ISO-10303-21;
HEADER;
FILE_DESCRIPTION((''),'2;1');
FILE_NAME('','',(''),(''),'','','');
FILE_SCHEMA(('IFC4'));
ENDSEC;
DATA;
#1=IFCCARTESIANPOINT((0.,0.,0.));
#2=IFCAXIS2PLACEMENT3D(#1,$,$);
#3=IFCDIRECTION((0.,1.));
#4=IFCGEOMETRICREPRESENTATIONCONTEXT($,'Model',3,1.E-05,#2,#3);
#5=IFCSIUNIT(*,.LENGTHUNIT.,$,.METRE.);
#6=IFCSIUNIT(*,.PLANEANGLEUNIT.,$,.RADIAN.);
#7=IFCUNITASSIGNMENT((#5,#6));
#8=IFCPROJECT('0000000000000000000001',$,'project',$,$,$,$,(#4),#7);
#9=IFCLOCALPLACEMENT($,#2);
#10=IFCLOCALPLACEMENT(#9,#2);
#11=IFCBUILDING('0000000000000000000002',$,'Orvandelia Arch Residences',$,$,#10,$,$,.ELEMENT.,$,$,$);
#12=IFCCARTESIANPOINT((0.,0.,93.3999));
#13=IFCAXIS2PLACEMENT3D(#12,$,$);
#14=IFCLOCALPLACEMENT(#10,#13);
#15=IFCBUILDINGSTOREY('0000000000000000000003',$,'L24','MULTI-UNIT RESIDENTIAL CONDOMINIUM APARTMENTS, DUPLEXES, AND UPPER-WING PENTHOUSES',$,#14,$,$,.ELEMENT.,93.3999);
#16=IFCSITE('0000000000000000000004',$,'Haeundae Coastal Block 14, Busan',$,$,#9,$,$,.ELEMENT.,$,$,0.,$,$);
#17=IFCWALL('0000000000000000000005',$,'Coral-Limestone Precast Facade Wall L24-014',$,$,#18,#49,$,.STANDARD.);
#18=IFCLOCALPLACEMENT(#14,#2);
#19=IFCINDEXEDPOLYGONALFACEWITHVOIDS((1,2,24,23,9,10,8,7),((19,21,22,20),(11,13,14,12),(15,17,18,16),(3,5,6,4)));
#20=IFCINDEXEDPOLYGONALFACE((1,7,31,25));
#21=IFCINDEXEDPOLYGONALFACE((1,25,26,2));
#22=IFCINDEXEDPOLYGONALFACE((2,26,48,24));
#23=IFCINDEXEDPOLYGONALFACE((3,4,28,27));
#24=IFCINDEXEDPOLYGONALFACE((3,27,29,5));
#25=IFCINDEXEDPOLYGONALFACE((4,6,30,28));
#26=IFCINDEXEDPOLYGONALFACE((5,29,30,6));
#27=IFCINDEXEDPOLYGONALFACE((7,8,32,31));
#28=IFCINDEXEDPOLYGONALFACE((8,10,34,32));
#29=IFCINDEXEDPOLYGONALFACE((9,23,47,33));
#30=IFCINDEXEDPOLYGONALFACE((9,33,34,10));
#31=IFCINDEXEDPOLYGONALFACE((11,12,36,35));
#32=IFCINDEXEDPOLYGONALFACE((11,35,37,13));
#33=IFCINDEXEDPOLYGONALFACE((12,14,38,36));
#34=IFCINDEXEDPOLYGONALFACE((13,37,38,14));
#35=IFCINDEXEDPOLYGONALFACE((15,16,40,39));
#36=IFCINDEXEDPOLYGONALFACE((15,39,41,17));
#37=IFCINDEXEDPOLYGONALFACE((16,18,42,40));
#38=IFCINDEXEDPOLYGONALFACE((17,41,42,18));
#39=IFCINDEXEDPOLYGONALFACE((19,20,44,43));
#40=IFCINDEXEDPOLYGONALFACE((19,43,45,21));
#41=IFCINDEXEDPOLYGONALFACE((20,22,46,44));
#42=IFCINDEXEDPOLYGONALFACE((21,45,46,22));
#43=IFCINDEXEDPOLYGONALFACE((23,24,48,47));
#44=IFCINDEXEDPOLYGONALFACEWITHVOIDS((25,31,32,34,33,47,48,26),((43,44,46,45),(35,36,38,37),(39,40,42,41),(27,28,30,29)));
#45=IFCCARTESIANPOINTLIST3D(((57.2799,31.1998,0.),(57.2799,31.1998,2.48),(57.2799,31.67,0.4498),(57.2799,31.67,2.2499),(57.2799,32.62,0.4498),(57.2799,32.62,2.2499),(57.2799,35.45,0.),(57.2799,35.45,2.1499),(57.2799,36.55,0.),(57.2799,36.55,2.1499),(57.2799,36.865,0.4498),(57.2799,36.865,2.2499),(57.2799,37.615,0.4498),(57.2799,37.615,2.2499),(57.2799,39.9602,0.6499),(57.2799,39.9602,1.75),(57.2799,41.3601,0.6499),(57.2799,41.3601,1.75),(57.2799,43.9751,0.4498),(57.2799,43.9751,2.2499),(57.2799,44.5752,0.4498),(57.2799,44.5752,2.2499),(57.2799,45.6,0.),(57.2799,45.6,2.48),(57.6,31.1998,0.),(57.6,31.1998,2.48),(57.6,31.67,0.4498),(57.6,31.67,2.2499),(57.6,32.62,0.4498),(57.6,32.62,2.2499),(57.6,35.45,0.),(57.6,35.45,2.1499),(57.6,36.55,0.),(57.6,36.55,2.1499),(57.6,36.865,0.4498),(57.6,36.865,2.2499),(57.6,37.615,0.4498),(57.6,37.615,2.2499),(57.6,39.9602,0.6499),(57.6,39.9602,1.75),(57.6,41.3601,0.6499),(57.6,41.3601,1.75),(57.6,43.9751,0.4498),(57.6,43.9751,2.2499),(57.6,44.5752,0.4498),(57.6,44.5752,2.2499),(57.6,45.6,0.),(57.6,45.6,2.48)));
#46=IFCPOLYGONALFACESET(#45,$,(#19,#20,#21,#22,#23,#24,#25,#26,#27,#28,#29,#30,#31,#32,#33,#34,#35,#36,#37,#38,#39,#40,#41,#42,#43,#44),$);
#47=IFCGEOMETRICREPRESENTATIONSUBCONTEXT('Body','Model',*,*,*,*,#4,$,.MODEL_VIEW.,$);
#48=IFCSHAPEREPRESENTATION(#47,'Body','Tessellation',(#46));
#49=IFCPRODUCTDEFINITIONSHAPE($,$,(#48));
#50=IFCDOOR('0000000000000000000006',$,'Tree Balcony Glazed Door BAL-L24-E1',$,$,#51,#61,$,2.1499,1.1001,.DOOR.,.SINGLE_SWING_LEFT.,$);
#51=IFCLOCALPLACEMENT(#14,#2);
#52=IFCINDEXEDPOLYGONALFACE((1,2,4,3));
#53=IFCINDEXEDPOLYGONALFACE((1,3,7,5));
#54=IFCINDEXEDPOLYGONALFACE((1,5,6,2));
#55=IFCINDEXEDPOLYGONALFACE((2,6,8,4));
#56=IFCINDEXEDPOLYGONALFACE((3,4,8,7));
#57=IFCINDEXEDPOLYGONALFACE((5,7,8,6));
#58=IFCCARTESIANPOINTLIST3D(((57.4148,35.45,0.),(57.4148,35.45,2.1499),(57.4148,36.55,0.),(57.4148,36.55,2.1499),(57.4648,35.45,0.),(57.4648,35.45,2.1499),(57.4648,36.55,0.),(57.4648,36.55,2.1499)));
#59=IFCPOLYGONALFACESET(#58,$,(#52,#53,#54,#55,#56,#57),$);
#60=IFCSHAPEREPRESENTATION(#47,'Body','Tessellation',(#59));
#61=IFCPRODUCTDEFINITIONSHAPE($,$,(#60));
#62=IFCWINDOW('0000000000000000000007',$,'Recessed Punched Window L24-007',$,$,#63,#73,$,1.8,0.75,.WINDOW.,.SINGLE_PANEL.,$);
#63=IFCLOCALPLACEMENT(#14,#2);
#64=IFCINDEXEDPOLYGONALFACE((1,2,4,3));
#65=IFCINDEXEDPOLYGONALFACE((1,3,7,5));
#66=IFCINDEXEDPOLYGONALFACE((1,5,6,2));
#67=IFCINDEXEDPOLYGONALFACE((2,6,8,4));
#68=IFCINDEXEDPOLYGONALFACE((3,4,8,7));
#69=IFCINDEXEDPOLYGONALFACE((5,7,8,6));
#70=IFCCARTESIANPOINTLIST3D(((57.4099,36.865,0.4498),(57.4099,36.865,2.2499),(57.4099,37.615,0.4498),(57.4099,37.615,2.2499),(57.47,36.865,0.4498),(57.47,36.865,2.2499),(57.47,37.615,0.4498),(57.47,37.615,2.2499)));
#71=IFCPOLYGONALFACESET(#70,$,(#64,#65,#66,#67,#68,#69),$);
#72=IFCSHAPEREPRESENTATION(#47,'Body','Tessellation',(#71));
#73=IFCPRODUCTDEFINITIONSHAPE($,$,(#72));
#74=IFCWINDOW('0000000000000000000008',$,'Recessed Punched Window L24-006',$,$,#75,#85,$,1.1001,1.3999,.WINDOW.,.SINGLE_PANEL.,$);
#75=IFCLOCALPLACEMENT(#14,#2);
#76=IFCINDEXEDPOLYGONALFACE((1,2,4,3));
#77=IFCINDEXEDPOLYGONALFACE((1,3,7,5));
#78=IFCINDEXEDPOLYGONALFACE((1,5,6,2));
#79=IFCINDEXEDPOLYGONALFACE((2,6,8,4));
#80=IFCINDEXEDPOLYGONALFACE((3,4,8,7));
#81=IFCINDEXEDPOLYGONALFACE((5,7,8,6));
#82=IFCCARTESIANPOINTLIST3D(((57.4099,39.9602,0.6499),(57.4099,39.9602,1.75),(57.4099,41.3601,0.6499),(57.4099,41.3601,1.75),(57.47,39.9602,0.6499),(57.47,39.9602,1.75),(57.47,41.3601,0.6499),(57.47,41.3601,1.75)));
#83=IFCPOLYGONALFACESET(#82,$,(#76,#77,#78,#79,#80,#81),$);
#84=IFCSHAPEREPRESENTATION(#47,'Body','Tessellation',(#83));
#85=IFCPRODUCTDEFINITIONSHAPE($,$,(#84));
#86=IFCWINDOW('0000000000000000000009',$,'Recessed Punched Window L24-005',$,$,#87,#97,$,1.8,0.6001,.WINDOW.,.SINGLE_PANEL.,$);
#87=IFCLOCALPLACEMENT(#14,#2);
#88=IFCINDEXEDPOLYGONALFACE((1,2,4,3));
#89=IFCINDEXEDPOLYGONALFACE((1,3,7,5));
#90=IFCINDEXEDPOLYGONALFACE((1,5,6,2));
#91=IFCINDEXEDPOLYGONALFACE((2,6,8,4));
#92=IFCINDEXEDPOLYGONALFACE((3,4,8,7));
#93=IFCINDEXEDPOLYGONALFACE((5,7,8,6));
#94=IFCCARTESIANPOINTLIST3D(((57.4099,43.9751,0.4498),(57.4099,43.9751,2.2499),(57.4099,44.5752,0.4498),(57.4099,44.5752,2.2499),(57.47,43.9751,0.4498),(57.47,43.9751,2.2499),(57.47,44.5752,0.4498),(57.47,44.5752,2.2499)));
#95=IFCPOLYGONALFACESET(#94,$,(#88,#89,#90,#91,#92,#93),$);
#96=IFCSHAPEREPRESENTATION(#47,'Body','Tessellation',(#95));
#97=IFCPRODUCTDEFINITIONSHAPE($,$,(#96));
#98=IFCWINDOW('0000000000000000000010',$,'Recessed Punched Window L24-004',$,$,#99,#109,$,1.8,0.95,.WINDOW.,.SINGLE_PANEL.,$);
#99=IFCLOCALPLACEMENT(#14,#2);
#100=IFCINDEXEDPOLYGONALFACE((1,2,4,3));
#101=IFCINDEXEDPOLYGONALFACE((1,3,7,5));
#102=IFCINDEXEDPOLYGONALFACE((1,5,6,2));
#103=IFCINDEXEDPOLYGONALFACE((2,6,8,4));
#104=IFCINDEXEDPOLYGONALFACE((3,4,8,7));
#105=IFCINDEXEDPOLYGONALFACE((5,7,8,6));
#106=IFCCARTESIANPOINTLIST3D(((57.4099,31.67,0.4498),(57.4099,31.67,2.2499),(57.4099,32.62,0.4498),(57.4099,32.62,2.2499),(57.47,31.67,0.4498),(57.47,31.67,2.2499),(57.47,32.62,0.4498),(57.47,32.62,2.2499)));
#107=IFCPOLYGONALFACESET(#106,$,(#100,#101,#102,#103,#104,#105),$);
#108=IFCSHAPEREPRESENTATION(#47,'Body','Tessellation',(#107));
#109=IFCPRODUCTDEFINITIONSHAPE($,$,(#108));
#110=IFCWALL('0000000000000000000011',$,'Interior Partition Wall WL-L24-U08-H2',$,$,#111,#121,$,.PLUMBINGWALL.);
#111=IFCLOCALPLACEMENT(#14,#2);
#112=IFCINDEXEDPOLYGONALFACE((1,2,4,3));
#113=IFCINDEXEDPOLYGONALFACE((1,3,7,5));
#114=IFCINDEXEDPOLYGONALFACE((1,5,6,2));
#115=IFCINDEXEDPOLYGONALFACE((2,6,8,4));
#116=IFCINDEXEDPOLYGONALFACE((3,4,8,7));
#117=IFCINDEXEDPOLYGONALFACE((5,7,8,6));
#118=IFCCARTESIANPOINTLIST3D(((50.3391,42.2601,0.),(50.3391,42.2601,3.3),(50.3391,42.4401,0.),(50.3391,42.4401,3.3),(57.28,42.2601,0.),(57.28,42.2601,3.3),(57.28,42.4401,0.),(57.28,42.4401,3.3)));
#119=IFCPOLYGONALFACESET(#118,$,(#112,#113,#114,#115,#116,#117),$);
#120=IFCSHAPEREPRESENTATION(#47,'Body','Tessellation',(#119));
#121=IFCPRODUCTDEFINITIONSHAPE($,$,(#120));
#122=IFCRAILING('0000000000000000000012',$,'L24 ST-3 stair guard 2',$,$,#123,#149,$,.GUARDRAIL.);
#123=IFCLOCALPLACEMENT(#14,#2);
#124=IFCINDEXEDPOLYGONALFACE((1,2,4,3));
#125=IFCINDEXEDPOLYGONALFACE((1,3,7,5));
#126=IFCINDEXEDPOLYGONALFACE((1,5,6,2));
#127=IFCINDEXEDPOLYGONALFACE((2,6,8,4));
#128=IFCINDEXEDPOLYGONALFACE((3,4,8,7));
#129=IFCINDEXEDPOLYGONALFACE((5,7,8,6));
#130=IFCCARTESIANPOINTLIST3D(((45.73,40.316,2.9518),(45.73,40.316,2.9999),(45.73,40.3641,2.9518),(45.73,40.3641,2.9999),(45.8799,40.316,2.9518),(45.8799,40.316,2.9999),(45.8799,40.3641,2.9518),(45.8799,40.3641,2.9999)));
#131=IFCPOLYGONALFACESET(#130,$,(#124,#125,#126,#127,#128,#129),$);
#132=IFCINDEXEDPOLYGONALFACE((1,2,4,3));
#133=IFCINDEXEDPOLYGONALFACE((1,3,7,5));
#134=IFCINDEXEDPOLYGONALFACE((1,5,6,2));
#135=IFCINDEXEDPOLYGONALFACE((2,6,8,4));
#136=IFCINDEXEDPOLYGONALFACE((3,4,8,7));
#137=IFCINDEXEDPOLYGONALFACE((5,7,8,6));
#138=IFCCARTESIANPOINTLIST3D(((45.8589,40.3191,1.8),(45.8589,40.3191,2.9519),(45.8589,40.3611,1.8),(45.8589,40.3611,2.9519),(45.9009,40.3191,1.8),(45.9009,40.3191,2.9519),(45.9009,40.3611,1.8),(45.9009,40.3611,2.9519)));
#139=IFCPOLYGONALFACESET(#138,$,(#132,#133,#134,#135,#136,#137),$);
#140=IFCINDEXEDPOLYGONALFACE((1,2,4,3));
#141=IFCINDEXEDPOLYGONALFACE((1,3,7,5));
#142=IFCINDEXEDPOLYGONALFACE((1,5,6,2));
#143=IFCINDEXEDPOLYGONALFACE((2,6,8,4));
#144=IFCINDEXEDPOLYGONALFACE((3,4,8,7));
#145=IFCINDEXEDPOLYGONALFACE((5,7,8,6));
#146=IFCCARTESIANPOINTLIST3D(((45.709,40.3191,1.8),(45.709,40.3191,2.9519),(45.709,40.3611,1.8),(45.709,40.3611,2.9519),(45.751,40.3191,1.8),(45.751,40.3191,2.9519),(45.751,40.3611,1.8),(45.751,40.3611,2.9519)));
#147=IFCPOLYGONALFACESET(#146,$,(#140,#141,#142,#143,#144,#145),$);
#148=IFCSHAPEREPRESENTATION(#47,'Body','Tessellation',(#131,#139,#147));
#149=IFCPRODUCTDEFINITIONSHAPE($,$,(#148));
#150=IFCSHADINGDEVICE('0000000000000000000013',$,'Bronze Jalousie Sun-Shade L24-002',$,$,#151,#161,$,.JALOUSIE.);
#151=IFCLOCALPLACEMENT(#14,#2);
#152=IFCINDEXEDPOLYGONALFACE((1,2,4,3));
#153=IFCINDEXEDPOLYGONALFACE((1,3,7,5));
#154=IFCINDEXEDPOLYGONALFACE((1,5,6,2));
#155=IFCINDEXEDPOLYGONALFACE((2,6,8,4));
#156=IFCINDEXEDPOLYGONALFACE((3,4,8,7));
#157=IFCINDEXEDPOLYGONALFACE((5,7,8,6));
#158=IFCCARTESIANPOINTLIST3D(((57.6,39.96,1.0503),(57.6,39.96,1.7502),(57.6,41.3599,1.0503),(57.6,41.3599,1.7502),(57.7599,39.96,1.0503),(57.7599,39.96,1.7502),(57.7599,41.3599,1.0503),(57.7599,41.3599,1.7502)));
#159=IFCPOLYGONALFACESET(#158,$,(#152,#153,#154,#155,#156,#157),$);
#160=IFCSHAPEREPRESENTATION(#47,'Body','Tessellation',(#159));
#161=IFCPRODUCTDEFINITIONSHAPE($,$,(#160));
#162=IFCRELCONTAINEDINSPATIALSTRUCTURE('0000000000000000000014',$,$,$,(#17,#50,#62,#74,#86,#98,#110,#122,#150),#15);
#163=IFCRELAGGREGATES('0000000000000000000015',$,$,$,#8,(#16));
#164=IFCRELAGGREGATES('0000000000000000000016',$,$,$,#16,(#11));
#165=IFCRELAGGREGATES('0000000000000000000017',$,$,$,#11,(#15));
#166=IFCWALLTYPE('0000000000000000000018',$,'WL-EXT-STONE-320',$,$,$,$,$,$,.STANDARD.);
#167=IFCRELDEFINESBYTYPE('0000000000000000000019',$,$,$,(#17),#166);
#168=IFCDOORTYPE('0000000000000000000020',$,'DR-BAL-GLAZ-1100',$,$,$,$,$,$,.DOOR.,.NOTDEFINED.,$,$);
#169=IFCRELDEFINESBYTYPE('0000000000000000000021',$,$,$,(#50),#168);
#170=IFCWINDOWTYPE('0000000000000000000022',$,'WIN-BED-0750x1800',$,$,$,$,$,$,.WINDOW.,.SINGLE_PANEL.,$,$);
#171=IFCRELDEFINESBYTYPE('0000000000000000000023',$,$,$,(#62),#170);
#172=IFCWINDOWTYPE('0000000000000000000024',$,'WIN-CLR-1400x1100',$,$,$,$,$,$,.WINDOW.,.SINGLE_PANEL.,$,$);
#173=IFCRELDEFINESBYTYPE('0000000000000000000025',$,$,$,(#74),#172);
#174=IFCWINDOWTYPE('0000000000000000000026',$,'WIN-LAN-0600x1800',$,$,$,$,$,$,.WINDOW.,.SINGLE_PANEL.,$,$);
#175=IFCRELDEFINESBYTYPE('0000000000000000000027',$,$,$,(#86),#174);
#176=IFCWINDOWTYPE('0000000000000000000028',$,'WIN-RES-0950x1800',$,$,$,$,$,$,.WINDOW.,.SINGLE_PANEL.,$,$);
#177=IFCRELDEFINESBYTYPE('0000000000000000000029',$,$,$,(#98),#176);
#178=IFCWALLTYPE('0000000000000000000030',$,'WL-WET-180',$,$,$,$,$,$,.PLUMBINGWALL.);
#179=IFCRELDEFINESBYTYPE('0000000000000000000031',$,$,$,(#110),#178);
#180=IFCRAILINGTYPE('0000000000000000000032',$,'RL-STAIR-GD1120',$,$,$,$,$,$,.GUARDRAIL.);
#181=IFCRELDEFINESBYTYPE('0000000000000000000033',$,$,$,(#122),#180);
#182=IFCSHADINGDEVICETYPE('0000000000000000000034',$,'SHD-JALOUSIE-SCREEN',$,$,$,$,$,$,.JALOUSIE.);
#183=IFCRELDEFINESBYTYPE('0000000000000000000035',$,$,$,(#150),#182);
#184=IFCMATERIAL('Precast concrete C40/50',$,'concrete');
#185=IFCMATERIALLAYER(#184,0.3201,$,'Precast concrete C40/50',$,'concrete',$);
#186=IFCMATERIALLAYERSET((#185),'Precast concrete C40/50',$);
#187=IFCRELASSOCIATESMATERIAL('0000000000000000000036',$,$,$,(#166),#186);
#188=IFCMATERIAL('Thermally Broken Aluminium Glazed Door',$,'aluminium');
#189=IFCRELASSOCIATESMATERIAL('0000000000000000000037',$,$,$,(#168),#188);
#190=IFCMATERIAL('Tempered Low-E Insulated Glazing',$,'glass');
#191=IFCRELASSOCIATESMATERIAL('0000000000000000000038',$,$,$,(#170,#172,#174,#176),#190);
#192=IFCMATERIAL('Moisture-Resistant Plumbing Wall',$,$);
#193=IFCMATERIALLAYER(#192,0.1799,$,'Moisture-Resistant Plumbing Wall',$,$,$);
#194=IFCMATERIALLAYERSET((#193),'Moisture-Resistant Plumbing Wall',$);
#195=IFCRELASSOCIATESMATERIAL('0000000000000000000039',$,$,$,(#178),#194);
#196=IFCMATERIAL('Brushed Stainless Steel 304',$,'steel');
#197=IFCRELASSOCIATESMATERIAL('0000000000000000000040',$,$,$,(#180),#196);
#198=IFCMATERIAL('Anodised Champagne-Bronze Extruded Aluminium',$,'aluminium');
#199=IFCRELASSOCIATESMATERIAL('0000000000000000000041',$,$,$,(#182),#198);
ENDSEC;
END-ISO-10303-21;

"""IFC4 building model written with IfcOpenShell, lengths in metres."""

from ifc_helpers import new_model, si_unit, direction, frame, frame_2d, origin, origin_2d, place, context, subcontext, project, spatial, rectangle, extrude, material, layer, layer_set, type_object, element, fill, save


model = new_model("IFC4")

# Units and contexts
model_context = context("Model", 3, precision=1e-05, world=origin(), true_north=direction((0.0, 1.0)))
body_context = subcontext(model_context, "Body", "Model", "MODEL_VIEW")
ifc_project = project(units=[si_unit("LENGTHUNIT", "METRE"), si_unit("PLANEANGLEUNIT", "RADIAN")], contexts=[model_context])

# Site, building, storey
site_placement = place(None, origin())
site = spatial("IfcSite", under=ifc_project, at=site_placement, Name="Haeundae Coastal Block 14, Busan", CompositionType="ELEMENT", RefElevation=0.0)
building_placement = place(site_placement, origin())
building = spatial("IfcBuilding", under=site, at=building_placement, Name="Orvandelia Arch Residences", CompositionType="ELEMENT")
storey_placement = place(building_placement, frame((0.0, 0.0, 93.3999)))
storey = spatial("IfcBuildingStorey", under=building, at=storey_placement, Name="L24", Description="MULTI-UNIT RESIDENTIAL CONDOMINIUM APARTMENTS, DUPLEXES, AND UPPER-WING PENTHOUSES", CompositionType="ELEMENT", Elevation=93.3999)

# Shared definitions
ifc_material_1 = material(Name="Precast concrete C40/50", Category="concrete")
ifc_layer_1 = layer(ifc_material_1, 0.3201, Name="Precast concrete C40/50", Category="concrete")
ifc_layer_set_1 = layer_set([ifc_layer_1], Name="Precast concrete C40/50")
wall_type_1 = type_object("IfcWallType", Name="WL-EXT-STONE-320", PredefinedType="STANDARD", material=ifc_layer_set_1)

# Wall, openings, door, windows
wall_1_placement = place(storey_placement, frame((57.4399, 45.6001, 0.0), z_axis=(0.0, 0.0, 1.0), x_axis=(0.0, -1.0, 0.0)))
wall_1 = element("IfcWall", 1, at=wall_1_placement, inside=storey, type_object=wall_type_1, Name="Coral-Limestone Precast Facade Wall L24-014", PredefinedType="STANDARD", context=body_context, shape_type="SweptSolid", body=[
    extrude(rectangle(XDim=14.4001, YDim=0.3201, at=frame_2d((7.2002, 0.0))), origin(), (0.0, 0.0, 1.0), 2.48),
])
opening_1_placement = place(wall_1_placement, frame((9.05, 0.0, 0.0)))
opening_1 = element("IfcOpeningElement", 2, at=opening_1_placement, cuts=wall_1, PredefinedType="OPENING", context=body_context, shape_type="SweptSolid", body=[
    extrude(rectangle(XDim=1.1001, YDim=2.1499, at=frame_2d((0.55, 1.075))), frame((0.0, 0.1699, 0.0), z_axis=(0.0, -1.0, 0.0), x_axis=(1.0, 0.0, 0.0)), (0.0, 0.0, 1.0), 0.3401),
])
opening_2_placement = place(wall_1_placement, frame((12.98, 0.0, 0.45)))
opening_2 = element("IfcOpeningElement", 3, at=opening_2_placement, cuts=wall_1, PredefinedType="OPENING", context=body_context, shape_type="SweptSolid", body=[
    extrude(rectangle(XDim=0.95, YDim=1.8, at=frame_2d((0.4751, 0.8999))), frame((0.0, 0.1699, 0.0), z_axis=(0.0, -1.0, 0.0), x_axis=(1.0, 0.0, 0.0)), (0.0, 0.0, 1.0), 0.3401),
])
opening_3_placement = place(wall_1_placement, frame((1.0249, 0.0, 0.45)))
opening_3 = element("IfcOpeningElement", 4, at=opening_3_placement, cuts=wall_1, PredefinedType="OPENING", context=body_context, shape_type="SweptSolid", body=[
    extrude(rectangle(XDim=0.6001, YDim=1.8, at=frame_2d((0.3, 0.8999))), frame((0.0, 0.1699, 0.0), z_axis=(0.0, -1.0, 0.0), x_axis=(1.0, 0.0, 0.0)), (0.0, 0.0, 1.0), 0.3401),
])
opening_4_placement = place(wall_1_placement, frame((4.24, 0.0, 0.6499)))
opening_4 = element("IfcOpeningElement", 5, at=opening_4_placement, cuts=wall_1, PredefinedType="OPENING", context=body_context, shape_type="SweptSolid", body=[
    extrude(rectangle(XDim=1.3999, YDim=1.1001, at=frame_2d((0.7, 0.55))), frame((0.0, 0.1699, 0.0), z_axis=(0.0, -1.0, 0.0), x_axis=(1.0, 0.0, 0.0)), (0.0, 0.0, 1.0), 0.3401),
])
opening_5_placement = place(wall_1_placement, frame((7.9851, 0.0, 0.45)))
opening_5 = element("IfcOpeningElement", 6, at=opening_5_placement, cuts=wall_1, PredefinedType="OPENING", context=body_context, shape_type="SweptSolid", body=[
    extrude(rectangle(XDim=0.75, YDim=1.8, at=frame_2d((0.375, 0.8999))), frame((0.0, 0.1699, 0.0), z_axis=(0.0, -1.0, 0.0), x_axis=(1.0, 0.0, 0.0)), (0.0, 0.0, 1.0), 0.3401),
])
ifc_material_2 = material(Name="Thermally Broken Aluminium Glazed Door", Category="aluminium")
door_type_1 = type_object("IfcDoorType", Name="DR-BAL-GLAZ-1100", OperationType="NOTDEFINED", PredefinedType="DOOR", material=ifc_material_2)
door_1_placement = place(opening_1_placement, origin())
door_1 = element("IfcDoor", 7, at=door_1_placement, inside=storey, type_object=door_type_1, Name="Tree Balcony Glazed Door BAL-L24-E1", OperationType="SINGLE_SWING_LEFT", OverallHeight=2.1499, OverallWidth=1.1001, PredefinedType="DOOR", context=body_context, shape_type="SweptSolid", body=[
    extrude(rectangle(XDim=1.1001, YDim=2.1499, at=frame_2d((0.55, 1.075))), frame((0.0, 0.0249, 0.0), z_axis=(0.0, -1.0, 0.0), x_axis=(1.0, 0.0, 0.0)), (0.0, 0.0, 1.0), 0.05),
])
fill(opening_1, door_1)
ifc_material_3 = material(Name="Tempered Low-E Insulated Glazing", Category="glass")
window_type_1 = type_object("IfcWindowType", Name="WIN-BED-0750x1800", PartitioningType="SINGLE_PANEL", PredefinedType="WINDOW", material=ifc_material_3)
window_1_placement = place(opening_5_placement, origin())
window_1 = element("IfcWindow", 8, at=window_1_placement, inside=storey, type_object=window_type_1, Name="Recessed Punched Window L24-007", OverallHeight=1.8, OverallWidth=0.75, PartitioningType="SINGLE_PANEL", PredefinedType="WINDOW", context=body_context, shape_type="SweptSolid", body=[
    extrude(rectangle(XDim=0.75, YDim=1.8, at=frame_2d((0.375, 0.8999))), frame((0.0, 0.03, 0.0), z_axis=(0.0, -1.0, 0.0), x_axis=(1.0, 0.0, 0.0)), (0.0, 0.0, 1.0), 0.0601),
])
fill(opening_5, window_1)
window_type_2 = type_object("IfcWindowType", Name="WIN-CLR-1400x1100", PartitioningType="SINGLE_PANEL", PredefinedType="WINDOW", material=ifc_material_3)
window_2_placement = place(opening_4_placement, origin())
window_2 = element("IfcWindow", 9, at=window_2_placement, inside=storey, type_object=window_type_2, Name="Recessed Punched Window L24-006", OverallHeight=1.1001, OverallWidth=1.3999, PartitioningType="SINGLE_PANEL", PredefinedType="WINDOW", context=body_context, shape_type="SweptSolid", body=[
    extrude(rectangle(XDim=1.3999, YDim=1.1001, at=frame_2d((0.7, 0.55))), frame((0.0, 0.03, 0.0), z_axis=(0.0, -1.0, 0.0), x_axis=(1.0, 0.0, 0.0)), (0.0, 0.0, 1.0), 0.0601),
])
fill(opening_4, window_2)
window_type_3 = type_object("IfcWindowType", Name="WIN-LAN-0600x1800", PartitioningType="SINGLE_PANEL", PredefinedType="WINDOW", material=ifc_material_3)
window_3_placement = place(opening_3_placement, origin())
window_3 = element("IfcWindow", 10, at=window_3_placement, inside=storey, type_object=window_type_3, Name="Recessed Punched Window L24-005", OverallHeight=1.8, OverallWidth=0.6001, PartitioningType="SINGLE_PANEL", PredefinedType="WINDOW", context=body_context, shape_type="SweptSolid", body=[
    extrude(rectangle(XDim=0.6001, YDim=1.8, at=frame_2d((0.3, 0.8999))), frame((0.0, 0.03, 0.0), z_axis=(0.0, -1.0, 0.0), x_axis=(1.0, 0.0, 0.0)), (0.0, 0.0, 1.0), 0.0601),
])
fill(opening_3, window_3)
window_type_4 = type_object("IfcWindowType", Name="WIN-RES-0950x1800", PartitioningType="SINGLE_PANEL", PredefinedType="WINDOW", material=ifc_material_3)
window_4_placement = place(opening_2_placement, origin())
window_4 = element("IfcWindow", 11, at=window_4_placement, inside=storey, type_object=window_type_4, Name="Recessed Punched Window L24-004", OverallHeight=1.8, OverallWidth=0.95, PartitioningType="SINGLE_PANEL", PredefinedType="WINDOW", context=body_context, shape_type="SweptSolid", body=[
    extrude(rectangle(XDim=0.95, YDim=1.8, at=frame_2d((0.4751, 0.8999))), frame((0.0, 0.03, 0.0), z_axis=(0.0, -1.0, 0.0), x_axis=(1.0, 0.0, 0.0)), (0.0, 0.0, 1.0), 0.0601),
])
fill(opening_2, window_4)

# Wall
ifc_material_4 = material(Name="Moisture-Resistant Plumbing Wall")
ifc_layer_2 = layer(ifc_material_4, 0.1799, Name="Moisture-Resistant Plumbing Wall")
ifc_layer_set_2 = layer_set([ifc_layer_2], Name="Moisture-Resistant Plumbing Wall")
wall_type_2 = type_object("IfcWallType", Name="WL-WET-180", PredefinedType="PLUMBINGWALL", material=ifc_layer_set_2)
wall_2_placement = place(storey_placement, frame((50.3391, 42.3501, 0.0), z_axis=(0.0, 0.0, 1.0), x_axis=(1.0, 0.0, 0.0)))
element("IfcWall", 12, at=wall_2_placement, inside=storey, type_object=wall_type_2, Name="Interior Partition Wall WL-L24-U08-H2", PredefinedType="PLUMBINGWALL", context=body_context, shape_type="SweptSolid", body=[
    extrude(rectangle(XDim=6.9409, YDim=0.1799, at=frame_2d((3.4705, 0.0))), origin(), (0.0, 0.0, 1.0), 3.3),
])

# Railing
ifc_material_5 = material(Name="Brushed Stainless Steel 304", Category="steel")
railing_type = type_object("IfcRailingType", Name="RL-STAIR-GD1120", PredefinedType="GUARDRAIL", material=ifc_material_5)
railing_placement = place(storey_placement, frame((45.8799, 40.3401, 1.8)))
element("IfcRailing", 13, at=railing_placement, inside=storey, type_object=railing_type, Name="L24 ST-3 stair guard 2", PredefinedType="GUARDRAIL", context=body_context, shape_type="SweptSolid", body=[
    extrude(rectangle(XDim=0.0481, YDim=0.0481, at=origin_2d()), frame((0.0, 0.0, 1.1758), z_axis=(-1.0, 0.0, 0.0), x_axis=(0.0, -1.0, 0.0)), (0.0, 0.0, 1.0), 0.1499),
    extrude(rectangle(XDim=0.042, YDim=0.042, at=origin_2d()), origin(), (0.0, 0.0, 1.0), 1.1519),
    extrude(rectangle(XDim=0.042, YDim=0.042, at=origin_2d()), frame((-0.1499, 0.0, 0.0)), (0.0, 0.0, 1.0), 1.1519),
])

# Shading device
ifc_material_6 = material(Name="Anodised Champagne-Bronze Extruded Aluminium", Category="aluminium")
shading_device_type = type_object("IfcShadingDeviceType", Name="SHD-JALOUSIE-SCREEN", PredefinedType="JALOUSIE", material=ifc_material_6)
shading_device_placement = place(storey_placement, frame((57.6799, 40.6599, 1.0503), z_axis=(0.0, 0.0, 1.0), x_axis=(0.0, -1.0, 0.0)))
element("IfcShadingDevice", 14, at=shading_device_placement, inside=storey, type_object=shading_device_type, Name="Bronze Jalousie Sun-Shade L24-002", PredefinedType="JALOUSIE", context=body_context, shape_type="SweptSolid", body=[
    extrude(rectangle(XDim=1.3999, YDim=0.1599, at=origin_2d()), origin(), (0.0, 0.0, 1.0), 0.7),
])

save(model, "model.ifc")
